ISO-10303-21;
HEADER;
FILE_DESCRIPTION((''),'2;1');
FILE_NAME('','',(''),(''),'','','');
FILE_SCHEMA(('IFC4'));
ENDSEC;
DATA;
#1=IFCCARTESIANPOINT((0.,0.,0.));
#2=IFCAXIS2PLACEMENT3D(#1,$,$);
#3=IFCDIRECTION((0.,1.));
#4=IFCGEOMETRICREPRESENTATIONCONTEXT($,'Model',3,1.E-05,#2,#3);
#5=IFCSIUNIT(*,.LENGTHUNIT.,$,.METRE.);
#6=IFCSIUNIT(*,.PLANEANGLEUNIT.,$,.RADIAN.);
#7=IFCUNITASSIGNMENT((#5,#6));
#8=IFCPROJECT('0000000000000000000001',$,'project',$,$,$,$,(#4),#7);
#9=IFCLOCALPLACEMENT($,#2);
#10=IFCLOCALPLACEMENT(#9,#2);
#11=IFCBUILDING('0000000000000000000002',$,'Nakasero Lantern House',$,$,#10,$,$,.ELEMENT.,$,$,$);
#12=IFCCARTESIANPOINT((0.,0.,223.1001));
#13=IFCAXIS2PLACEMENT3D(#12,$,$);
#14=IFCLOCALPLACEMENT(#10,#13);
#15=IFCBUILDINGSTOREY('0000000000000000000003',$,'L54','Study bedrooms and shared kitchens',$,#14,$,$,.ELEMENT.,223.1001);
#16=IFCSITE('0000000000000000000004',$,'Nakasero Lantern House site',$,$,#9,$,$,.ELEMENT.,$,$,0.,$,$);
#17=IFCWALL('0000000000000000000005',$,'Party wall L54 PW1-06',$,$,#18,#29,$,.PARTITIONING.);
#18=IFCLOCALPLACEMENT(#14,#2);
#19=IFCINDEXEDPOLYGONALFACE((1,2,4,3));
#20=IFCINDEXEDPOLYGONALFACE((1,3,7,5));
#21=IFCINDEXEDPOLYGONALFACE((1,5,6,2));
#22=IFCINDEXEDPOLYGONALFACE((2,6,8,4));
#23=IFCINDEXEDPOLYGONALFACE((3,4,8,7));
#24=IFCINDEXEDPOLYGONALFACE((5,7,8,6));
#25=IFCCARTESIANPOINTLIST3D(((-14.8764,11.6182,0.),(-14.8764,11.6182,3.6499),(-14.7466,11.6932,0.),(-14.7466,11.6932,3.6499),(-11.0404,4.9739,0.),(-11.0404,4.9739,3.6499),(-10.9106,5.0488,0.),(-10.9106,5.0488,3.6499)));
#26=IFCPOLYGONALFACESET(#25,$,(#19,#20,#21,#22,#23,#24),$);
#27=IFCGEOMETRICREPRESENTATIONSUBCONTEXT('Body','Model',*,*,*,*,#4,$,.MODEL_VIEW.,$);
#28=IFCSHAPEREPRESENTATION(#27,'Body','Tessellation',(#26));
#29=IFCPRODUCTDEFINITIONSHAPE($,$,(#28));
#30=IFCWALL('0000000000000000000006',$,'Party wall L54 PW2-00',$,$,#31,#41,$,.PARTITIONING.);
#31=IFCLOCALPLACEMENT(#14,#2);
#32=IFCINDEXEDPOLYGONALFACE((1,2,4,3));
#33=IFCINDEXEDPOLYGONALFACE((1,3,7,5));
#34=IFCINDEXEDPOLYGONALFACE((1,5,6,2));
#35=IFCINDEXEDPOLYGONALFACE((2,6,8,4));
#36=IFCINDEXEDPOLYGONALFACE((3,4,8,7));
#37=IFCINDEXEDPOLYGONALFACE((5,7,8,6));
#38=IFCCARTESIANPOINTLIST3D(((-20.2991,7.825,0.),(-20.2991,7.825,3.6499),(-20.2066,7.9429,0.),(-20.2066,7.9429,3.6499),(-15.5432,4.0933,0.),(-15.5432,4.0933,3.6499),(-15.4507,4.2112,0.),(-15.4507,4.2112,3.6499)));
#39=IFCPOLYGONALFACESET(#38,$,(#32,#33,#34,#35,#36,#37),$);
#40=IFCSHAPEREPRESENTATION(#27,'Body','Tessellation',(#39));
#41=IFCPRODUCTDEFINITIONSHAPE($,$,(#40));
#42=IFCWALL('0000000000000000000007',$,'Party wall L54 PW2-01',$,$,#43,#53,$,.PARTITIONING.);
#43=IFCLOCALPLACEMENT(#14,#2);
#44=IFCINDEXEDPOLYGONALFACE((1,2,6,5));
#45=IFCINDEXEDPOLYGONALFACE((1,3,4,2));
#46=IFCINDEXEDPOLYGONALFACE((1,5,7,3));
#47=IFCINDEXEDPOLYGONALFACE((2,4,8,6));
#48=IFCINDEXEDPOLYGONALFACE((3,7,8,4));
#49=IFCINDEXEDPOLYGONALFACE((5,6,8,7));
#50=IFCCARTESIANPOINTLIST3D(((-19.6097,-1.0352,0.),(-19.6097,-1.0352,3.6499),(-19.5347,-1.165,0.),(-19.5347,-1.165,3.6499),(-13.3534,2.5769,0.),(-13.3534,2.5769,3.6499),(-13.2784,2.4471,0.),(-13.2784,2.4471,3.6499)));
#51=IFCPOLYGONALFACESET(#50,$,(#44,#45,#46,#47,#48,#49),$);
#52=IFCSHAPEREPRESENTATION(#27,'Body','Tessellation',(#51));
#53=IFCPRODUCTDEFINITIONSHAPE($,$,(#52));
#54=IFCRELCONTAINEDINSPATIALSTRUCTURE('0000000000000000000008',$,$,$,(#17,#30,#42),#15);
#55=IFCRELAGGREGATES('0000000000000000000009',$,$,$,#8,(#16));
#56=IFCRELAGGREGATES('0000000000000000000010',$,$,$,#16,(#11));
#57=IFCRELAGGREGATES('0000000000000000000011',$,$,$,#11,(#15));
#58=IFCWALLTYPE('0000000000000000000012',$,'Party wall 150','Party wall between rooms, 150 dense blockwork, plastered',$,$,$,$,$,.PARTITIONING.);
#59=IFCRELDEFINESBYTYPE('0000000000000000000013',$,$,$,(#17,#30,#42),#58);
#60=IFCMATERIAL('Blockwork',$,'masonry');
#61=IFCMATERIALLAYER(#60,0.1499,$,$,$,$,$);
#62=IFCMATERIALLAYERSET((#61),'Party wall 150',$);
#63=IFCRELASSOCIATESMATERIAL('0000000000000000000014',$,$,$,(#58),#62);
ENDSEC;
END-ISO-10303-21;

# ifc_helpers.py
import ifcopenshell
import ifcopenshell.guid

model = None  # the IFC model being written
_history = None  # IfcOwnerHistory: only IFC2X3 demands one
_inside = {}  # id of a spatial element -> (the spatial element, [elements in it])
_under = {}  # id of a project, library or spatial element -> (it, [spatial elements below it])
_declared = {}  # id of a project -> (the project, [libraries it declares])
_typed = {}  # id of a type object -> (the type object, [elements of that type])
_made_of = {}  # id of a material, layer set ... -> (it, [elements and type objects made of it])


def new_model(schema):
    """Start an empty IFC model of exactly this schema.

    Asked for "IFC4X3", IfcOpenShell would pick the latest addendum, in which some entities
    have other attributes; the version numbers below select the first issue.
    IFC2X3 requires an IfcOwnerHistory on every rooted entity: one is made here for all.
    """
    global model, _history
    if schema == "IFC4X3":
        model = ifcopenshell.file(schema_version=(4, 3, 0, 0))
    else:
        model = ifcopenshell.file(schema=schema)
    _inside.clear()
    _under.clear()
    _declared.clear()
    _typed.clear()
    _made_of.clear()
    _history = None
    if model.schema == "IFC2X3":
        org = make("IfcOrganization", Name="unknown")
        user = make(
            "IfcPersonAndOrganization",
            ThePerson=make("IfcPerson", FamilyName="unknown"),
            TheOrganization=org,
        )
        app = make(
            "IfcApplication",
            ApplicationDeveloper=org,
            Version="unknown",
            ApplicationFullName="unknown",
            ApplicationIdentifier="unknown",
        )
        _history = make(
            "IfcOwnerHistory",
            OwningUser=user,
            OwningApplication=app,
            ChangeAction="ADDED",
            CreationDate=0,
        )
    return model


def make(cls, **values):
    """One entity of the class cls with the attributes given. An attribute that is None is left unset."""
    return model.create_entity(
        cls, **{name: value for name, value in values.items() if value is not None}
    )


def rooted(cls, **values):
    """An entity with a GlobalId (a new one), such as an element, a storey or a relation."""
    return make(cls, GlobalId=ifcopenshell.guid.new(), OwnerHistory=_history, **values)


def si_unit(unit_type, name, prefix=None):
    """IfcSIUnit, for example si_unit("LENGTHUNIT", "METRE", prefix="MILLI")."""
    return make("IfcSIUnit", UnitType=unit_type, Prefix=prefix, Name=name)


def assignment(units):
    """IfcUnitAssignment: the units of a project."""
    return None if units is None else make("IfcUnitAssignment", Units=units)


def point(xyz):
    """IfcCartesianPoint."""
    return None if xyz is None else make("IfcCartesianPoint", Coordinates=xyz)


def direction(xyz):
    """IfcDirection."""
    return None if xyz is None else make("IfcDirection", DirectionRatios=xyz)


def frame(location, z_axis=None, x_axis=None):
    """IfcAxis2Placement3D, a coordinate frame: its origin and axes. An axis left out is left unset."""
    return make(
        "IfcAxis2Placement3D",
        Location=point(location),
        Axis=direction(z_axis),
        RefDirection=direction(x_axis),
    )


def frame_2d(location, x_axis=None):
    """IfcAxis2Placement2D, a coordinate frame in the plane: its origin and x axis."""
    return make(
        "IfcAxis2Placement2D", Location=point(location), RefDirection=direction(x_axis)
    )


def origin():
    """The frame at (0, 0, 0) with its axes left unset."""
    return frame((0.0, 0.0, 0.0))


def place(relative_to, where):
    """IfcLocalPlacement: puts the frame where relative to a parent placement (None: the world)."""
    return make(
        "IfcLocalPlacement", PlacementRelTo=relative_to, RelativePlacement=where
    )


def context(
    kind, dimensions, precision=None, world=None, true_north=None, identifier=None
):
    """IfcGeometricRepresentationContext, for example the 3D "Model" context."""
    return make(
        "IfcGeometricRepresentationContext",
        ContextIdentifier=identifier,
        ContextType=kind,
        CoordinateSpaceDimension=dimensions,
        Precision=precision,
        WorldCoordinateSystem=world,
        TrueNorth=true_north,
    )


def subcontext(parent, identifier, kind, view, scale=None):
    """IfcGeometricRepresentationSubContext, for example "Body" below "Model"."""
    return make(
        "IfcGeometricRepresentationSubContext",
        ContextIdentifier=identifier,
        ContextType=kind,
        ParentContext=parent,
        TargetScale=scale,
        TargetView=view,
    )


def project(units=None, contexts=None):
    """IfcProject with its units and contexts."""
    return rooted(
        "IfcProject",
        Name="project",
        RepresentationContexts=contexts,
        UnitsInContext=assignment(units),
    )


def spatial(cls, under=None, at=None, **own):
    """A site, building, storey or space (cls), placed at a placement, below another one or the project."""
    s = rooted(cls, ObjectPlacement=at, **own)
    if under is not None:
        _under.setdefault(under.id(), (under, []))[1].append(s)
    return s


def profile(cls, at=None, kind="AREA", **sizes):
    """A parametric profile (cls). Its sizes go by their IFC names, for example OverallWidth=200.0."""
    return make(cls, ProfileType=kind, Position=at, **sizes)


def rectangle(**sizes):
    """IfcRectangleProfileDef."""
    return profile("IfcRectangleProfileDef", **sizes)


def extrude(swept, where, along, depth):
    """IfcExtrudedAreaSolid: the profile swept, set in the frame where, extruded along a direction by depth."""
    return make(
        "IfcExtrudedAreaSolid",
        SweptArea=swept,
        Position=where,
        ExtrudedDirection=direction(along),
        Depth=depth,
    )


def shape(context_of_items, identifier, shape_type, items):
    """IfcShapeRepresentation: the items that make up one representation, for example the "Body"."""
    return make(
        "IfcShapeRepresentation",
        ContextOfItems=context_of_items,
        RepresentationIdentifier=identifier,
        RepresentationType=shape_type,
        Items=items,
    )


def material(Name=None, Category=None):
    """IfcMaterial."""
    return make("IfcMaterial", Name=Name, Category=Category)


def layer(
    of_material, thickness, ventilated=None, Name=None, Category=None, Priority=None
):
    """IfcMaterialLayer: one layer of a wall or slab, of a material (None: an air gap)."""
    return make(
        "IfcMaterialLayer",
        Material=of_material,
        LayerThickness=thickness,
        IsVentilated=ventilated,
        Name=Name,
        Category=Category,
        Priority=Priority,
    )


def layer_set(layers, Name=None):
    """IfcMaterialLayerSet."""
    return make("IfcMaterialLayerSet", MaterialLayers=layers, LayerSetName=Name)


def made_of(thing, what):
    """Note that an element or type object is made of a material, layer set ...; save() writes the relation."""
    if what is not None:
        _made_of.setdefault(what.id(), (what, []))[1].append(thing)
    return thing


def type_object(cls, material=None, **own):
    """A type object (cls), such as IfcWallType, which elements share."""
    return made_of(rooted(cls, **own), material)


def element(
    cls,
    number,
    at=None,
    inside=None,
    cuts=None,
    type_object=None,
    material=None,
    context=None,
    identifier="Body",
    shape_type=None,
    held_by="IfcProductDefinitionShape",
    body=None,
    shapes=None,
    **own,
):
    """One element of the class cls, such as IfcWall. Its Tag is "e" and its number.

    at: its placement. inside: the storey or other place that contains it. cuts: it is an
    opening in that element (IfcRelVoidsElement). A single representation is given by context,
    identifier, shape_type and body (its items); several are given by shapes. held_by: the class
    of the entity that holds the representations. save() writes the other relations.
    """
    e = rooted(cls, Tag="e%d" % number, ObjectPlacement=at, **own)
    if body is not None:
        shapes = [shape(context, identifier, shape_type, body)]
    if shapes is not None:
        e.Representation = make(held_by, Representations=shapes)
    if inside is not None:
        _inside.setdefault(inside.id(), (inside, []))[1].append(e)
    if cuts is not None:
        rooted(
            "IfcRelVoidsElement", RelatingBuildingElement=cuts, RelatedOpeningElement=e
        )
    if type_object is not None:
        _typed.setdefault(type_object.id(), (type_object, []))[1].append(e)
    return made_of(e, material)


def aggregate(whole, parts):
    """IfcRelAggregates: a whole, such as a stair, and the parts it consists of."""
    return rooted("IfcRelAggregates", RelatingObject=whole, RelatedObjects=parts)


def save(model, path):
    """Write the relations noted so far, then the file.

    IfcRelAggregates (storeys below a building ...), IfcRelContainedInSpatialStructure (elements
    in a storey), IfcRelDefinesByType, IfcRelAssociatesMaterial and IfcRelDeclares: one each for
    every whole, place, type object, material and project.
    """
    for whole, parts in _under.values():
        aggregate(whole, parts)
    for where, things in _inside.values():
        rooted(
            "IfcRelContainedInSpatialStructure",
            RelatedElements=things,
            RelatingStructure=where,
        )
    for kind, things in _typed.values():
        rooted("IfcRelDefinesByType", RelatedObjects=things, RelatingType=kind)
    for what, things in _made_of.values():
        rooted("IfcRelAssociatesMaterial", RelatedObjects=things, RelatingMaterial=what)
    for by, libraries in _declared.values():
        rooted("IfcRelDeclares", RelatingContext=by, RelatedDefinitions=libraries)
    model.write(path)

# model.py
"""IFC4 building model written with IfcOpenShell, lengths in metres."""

from ifc_helpers import new_model, si_unit, direction, frame, frame_2d, origin, place, context, subcontext, project, spatial, rectangle, extrude, material, layer, layer_set, type_object, element, save


model = new_model("IFC4")

# Units and contexts
model_context = context("Model", 3, precision=1e-05, world=origin(), true_north=direction((0.0, 1.0)))
body_context = subcontext(model_context, "Body", "Model", "MODEL_VIEW")
ifc_project = project(units=[si_unit("LENGTHUNIT", "METRE"), si_unit("PLANEANGLEUNIT", "RADIAN")], contexts=[model_context])

# Site, building, storey
site_placement = place(None, origin())
site = spatial("IfcSite", under=ifc_project, at=site_placement, Name="Nakasero Lantern House site", CompositionType="ELEMENT", RefElevation=0.0)
building_placement = place(site_placement, origin())
building = spatial("IfcBuilding", under=site, at=building_placement, Name="Nakasero Lantern House", CompositionType="ELEMENT")
storey_placement = place(building_placement, frame((0.0, 0.0, 223.1001)))
storey = spatial("IfcBuildingStorey", under=building, at=storey_placement, Name="L54", Description="Study bedrooms and shared kitchens", CompositionType="ELEMENT", Elevation=223.1001)

# Walls
ifc_material_1 = material(Name="Blockwork", Category="masonry")
ifc_layer_1 = layer(ifc_material_1, 0.1499)
ifc_layer_set_1 = layer_set([ifc_layer_1], Name="Party wall 150")
wall_type_1 = type_object("IfcWallType", Name="Party wall 150", Description="Party wall between rooms, 150 dense blockwork, plastered", PredefinedType="PARTITIONING", material=ifc_layer_set_1)
wall_1_placement = place(storey_placement, frame((-10.9756, 5.0115, 0.0), z_axis=(0.0, 0.0, 1.0), x_axis=(-0.499986, 0.866034, 0.0)))
element("IfcWall", 1, at=wall_1_placement, inside=storey, type_object=wall_type_1, Name="Party wall L54 PW1-06", PredefinedType="PARTITIONING", context=body_context, shape_type="SweptSolid", body=[
    extrude(rectangle(XDim=7.6721, YDim=0.1499, at=frame_2d((3.8359, 0.0))), origin(), (0.0, 0.0, 1.0), 3.6499),
])
wall_2_placement = place(storey_placement, frame((-15.4971, 4.1523, 0.0), z_axis=(0.0, 0.0, 1.0), x_axis=(-0.786725, 0.617304, 0.0)))
element("IfcWall", 2, at=wall_2_placement, inside=storey, type_object=wall_type_1, Name="Party wall L54 PW2-00", PredefinedType="PARTITIONING", context=body_context, shape_type="SweptSolid", body=[
    extrude(rectangle(XDim=6.0452, YDim=0.1499, at=frame_2d((3.0225, 0.0))), origin(), (0.0, 0.0, 1.0), 3.6499),
])
wall_3_placement = place(storey_placement, frame((-13.3159, 2.512, 0.0), z_axis=(0.0, 0.0, 1.0), x_axis=(-0.866028, -0.499995, 0.0)))
element("IfcWall", 3, at=wall_3_placement, inside=storey, type_object=wall_type_1, Name="Party wall L54 PW2-01", PredefinedType="PARTITIONING", context=body_context, shape_type="SweptSolid", body=[
    extrude(rectangle(XDim=7.2241, YDim=0.1499, at=frame_2d((3.6121, 0.0))), origin(), (0.0, 0.0, 1.0), 3.6499),
])

save(model, "model.ifc")
